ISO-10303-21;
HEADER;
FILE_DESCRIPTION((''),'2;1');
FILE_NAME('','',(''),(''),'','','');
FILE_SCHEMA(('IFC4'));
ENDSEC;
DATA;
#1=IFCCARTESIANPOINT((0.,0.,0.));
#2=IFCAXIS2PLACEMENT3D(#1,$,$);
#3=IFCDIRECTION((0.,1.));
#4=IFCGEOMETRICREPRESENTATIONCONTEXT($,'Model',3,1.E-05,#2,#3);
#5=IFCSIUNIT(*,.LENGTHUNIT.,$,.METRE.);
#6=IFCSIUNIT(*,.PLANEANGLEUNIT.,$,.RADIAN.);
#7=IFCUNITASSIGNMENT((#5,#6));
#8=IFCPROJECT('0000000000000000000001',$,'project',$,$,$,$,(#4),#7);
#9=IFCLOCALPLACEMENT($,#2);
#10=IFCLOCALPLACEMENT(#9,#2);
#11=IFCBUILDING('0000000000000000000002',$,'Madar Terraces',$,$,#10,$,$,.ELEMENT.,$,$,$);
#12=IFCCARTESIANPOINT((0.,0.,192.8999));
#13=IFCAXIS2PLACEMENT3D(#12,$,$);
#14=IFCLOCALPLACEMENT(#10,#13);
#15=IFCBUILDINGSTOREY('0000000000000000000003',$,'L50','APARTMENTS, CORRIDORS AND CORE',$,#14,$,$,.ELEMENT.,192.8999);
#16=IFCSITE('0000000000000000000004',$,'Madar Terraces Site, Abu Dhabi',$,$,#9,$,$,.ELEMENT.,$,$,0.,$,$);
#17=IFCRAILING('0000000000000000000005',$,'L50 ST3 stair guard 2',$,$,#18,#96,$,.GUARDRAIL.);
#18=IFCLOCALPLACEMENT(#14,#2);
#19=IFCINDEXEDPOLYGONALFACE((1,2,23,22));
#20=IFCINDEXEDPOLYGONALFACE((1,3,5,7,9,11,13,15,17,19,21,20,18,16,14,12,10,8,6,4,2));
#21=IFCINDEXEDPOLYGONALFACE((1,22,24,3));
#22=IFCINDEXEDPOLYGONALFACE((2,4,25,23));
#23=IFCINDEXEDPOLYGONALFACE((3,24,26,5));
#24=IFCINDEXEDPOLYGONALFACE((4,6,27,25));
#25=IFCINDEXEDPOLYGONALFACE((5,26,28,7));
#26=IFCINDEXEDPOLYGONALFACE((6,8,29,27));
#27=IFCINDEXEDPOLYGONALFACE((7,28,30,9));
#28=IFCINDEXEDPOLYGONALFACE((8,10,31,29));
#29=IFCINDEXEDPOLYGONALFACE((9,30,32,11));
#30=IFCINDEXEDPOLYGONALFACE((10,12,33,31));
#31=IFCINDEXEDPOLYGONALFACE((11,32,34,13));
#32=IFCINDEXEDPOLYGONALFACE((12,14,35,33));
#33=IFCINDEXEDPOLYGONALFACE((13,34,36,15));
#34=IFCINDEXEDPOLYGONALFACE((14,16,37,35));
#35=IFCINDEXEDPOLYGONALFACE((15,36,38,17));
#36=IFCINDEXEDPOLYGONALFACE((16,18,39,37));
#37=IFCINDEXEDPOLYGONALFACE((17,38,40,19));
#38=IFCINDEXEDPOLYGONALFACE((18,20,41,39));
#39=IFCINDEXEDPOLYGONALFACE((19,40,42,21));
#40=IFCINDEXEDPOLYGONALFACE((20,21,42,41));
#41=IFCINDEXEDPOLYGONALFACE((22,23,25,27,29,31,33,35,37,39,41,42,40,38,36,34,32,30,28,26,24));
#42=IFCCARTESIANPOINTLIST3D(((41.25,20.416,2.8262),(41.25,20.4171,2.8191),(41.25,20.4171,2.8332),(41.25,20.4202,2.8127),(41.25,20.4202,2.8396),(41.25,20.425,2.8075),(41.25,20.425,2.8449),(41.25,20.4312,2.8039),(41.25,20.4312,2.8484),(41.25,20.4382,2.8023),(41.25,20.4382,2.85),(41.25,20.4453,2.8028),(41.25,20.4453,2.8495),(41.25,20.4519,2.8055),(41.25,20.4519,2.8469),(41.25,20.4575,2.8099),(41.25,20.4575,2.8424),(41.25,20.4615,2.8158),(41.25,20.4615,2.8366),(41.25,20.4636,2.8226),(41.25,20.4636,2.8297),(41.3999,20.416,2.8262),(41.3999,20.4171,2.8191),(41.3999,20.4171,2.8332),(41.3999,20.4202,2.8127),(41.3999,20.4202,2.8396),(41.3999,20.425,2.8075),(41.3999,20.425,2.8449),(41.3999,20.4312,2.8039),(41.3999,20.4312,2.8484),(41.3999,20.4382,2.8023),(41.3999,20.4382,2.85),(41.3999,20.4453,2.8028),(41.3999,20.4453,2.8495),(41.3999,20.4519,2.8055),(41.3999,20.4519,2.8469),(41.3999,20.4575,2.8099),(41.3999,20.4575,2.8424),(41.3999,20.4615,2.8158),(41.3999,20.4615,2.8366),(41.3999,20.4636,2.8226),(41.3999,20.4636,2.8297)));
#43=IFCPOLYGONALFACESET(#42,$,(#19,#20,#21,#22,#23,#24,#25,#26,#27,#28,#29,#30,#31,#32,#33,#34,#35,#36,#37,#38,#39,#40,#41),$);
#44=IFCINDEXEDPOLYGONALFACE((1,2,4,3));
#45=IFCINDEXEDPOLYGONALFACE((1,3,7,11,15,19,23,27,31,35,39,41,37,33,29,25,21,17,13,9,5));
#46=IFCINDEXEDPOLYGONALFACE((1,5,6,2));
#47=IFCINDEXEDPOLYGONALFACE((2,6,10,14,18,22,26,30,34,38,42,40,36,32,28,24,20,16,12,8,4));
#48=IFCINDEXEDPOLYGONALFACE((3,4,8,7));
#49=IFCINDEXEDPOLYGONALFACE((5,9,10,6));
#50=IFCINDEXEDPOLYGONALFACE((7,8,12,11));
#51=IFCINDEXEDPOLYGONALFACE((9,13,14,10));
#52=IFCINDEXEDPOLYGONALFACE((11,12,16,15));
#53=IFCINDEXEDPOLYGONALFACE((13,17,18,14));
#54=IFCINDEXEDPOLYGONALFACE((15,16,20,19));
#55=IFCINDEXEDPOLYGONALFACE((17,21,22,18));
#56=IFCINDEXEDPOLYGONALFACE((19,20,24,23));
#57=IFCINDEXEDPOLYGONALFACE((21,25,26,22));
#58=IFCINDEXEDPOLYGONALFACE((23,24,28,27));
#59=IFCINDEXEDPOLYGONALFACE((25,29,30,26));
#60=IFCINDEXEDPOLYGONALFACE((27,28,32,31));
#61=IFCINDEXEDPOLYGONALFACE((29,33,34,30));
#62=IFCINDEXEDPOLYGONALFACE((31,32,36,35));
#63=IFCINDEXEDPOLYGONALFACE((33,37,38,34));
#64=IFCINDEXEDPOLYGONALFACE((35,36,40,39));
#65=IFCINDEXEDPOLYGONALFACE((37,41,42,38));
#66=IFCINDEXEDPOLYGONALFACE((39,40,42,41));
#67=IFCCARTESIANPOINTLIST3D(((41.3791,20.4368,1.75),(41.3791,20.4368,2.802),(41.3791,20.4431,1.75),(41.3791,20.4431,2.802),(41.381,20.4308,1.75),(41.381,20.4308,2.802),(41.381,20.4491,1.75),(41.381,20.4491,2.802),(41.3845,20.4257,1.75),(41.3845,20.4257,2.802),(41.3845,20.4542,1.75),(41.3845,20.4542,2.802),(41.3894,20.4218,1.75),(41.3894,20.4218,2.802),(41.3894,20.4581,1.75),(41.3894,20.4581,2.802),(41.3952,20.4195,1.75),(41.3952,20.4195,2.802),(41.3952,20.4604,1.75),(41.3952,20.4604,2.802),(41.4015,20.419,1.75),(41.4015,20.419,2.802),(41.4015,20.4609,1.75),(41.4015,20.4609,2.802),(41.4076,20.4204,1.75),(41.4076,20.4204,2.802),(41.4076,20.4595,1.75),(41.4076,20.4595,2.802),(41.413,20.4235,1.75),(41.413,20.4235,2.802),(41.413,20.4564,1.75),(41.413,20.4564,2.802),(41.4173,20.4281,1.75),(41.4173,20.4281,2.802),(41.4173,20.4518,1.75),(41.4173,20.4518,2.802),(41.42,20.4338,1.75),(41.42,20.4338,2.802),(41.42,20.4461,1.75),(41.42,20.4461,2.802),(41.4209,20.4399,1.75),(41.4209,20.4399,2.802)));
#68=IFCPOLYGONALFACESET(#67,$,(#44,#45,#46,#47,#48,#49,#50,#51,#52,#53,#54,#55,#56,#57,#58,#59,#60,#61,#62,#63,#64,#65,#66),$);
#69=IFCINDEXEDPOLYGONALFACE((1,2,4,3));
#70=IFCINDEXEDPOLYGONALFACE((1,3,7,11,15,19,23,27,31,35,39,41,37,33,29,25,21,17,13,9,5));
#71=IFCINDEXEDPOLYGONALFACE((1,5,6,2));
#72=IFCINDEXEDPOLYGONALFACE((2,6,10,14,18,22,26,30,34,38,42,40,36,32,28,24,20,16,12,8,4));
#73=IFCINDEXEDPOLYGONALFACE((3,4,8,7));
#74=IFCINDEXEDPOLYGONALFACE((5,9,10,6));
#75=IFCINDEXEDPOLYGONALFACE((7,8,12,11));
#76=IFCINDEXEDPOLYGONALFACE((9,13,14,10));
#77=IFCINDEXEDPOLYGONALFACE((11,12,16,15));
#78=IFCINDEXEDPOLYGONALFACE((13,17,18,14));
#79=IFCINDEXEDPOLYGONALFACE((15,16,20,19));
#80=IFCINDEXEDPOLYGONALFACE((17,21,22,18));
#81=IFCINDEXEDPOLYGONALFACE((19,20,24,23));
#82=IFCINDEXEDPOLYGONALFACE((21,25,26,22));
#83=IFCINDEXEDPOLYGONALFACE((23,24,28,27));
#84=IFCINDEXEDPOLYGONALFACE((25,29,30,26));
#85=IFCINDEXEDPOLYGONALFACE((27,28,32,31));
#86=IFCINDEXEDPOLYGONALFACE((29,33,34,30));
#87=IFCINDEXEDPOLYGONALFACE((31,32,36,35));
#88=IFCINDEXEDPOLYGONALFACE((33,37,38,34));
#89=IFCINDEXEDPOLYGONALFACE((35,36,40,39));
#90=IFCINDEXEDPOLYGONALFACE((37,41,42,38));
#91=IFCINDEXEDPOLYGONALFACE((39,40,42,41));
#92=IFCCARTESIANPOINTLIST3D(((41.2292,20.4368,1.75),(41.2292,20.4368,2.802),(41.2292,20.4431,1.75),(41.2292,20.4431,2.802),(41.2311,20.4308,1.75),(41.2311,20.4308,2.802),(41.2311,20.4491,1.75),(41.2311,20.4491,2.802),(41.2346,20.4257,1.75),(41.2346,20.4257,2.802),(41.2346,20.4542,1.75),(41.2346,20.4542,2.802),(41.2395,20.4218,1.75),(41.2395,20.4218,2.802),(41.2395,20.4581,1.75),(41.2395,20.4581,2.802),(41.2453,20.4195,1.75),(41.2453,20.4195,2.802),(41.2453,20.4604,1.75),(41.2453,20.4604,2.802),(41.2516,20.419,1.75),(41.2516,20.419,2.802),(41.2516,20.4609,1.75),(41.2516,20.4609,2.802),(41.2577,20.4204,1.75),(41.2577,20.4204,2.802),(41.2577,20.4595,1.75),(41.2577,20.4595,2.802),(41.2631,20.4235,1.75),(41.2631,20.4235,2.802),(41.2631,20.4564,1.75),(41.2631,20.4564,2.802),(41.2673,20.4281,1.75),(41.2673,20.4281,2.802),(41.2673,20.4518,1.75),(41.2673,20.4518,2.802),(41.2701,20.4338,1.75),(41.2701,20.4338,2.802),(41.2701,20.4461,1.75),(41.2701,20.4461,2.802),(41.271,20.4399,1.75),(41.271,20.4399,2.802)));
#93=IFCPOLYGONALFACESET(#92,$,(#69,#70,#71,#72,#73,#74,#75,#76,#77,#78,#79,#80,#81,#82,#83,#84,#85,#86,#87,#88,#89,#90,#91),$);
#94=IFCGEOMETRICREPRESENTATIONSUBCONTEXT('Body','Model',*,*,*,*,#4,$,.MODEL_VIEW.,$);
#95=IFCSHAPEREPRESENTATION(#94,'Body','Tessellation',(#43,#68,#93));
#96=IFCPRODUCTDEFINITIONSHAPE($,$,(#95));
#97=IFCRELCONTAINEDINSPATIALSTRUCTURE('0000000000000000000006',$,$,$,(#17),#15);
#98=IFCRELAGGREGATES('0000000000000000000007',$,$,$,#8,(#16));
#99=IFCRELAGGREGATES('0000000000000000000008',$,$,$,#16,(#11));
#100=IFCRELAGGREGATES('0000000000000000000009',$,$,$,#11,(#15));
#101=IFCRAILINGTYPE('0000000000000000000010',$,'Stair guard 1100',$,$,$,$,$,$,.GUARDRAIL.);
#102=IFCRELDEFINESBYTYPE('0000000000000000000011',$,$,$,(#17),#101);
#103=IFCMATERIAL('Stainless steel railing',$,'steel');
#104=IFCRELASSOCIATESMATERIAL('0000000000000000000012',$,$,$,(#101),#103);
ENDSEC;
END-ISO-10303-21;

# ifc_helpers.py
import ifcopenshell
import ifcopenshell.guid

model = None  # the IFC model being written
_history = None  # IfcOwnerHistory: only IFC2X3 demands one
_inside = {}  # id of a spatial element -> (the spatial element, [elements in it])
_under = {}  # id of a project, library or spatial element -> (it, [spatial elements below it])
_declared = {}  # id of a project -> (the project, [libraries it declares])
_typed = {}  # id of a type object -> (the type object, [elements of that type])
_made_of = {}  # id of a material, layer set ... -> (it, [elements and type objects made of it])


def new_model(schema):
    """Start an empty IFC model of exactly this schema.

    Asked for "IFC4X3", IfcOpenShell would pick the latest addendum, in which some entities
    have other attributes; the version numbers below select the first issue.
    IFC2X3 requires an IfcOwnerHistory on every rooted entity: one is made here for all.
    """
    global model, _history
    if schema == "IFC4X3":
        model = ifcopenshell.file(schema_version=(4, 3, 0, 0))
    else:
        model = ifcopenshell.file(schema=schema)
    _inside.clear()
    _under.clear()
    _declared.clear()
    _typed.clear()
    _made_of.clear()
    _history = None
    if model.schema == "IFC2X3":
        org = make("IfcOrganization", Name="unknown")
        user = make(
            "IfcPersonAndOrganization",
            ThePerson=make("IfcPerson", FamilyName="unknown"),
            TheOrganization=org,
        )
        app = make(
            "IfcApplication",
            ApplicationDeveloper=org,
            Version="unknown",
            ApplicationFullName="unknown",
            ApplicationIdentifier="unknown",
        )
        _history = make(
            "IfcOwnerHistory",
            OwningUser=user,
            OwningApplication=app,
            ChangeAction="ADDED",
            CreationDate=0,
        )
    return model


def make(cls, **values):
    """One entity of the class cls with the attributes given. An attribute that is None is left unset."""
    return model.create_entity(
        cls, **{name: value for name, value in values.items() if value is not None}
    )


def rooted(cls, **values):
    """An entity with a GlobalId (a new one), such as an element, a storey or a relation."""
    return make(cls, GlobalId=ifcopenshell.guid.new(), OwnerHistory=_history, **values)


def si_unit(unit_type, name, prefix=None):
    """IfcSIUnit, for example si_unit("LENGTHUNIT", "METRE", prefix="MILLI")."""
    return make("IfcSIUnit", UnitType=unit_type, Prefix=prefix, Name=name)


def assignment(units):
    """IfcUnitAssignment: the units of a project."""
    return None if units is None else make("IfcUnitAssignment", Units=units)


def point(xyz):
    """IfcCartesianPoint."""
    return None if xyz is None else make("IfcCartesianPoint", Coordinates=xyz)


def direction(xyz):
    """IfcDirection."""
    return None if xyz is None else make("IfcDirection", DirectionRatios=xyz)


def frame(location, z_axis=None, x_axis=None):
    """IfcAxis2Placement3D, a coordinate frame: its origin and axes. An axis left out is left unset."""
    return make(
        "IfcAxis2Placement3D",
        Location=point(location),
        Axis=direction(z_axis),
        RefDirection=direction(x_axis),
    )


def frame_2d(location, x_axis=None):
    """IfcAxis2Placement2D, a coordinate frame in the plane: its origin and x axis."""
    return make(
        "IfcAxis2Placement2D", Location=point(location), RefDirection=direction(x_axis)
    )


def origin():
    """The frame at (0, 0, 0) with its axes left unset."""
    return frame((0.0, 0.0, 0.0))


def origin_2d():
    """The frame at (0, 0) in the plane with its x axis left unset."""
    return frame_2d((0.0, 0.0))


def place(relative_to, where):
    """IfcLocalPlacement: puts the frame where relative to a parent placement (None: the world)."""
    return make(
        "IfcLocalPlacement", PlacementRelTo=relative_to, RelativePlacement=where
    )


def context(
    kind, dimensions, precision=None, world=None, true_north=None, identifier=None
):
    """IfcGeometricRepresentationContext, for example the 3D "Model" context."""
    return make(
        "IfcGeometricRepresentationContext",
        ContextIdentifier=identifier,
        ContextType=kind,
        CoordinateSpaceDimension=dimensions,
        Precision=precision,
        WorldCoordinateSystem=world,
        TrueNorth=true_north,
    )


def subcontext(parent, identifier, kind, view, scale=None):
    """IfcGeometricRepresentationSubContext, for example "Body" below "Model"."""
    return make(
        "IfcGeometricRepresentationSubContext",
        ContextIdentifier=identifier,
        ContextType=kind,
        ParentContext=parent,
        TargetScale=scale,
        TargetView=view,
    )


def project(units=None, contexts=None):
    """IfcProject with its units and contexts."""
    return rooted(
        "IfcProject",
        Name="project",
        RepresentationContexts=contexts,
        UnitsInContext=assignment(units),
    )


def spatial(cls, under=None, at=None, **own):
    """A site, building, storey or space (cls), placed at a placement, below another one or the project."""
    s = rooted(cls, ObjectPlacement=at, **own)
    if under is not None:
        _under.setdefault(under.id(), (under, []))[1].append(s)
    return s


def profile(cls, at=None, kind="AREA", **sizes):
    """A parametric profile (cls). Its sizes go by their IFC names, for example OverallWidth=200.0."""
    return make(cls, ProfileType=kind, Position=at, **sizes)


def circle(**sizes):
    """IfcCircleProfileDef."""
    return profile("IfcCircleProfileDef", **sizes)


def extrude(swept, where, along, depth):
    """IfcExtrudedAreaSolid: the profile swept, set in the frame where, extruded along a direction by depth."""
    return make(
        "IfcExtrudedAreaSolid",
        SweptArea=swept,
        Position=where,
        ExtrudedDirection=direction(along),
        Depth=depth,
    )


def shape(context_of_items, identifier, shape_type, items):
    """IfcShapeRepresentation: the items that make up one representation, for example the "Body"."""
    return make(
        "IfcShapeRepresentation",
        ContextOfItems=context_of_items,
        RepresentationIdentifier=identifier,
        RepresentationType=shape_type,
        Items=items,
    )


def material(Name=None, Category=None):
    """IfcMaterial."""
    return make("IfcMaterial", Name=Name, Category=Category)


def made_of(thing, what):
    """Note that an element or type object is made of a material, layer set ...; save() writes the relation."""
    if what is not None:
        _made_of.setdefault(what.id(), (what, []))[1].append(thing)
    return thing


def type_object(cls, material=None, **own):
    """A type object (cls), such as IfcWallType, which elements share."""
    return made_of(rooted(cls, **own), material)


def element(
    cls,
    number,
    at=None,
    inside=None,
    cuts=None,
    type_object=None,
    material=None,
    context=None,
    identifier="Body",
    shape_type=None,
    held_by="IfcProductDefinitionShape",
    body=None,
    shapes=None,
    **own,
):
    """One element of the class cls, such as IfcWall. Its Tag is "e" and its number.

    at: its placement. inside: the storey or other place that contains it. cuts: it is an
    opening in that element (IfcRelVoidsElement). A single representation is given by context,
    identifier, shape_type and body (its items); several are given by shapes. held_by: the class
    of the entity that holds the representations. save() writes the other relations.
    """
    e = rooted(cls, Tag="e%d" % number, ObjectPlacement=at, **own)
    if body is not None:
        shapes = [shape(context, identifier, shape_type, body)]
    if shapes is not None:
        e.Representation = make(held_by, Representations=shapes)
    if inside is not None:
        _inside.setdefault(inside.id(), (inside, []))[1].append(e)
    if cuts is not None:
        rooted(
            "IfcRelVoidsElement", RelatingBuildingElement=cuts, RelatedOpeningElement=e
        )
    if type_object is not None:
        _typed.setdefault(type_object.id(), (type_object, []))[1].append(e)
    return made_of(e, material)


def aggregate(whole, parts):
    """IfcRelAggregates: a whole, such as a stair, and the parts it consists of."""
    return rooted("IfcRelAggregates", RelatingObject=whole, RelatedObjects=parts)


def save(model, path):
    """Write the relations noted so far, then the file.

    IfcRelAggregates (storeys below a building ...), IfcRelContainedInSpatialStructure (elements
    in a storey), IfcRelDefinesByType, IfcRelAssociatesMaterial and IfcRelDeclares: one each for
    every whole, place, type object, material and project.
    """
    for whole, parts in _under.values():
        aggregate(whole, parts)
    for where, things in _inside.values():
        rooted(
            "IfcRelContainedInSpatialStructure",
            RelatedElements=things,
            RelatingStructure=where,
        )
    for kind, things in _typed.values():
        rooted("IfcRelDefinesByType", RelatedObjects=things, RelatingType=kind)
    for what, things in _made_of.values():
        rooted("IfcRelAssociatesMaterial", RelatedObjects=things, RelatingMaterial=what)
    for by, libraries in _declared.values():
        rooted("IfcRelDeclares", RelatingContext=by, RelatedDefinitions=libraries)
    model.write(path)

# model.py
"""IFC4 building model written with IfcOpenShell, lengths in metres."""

from ifc_helpers import new_model, si_unit, direction, frame, origin, origin_2d, place, context, subcontext, project, spatial, circle, extrude, material, type_object, element, save


model = new_model("IFC4")

# Units and contexts
model_context = context("Model", 3, precision=1e-05, world=origin(), true_north=direction((0.0, 1.0)))
body_context = subcontext(model_context, "Body", "Model", "MODEL_VIEW")
ifc_project = project(units=[si_unit("LENGTHUNIT", "METRE"), si_unit("PLANEANGLEUNIT", "RADIAN")], contexts=[model_context])

# Site, building, storey
site_placement = place(None, origin())
site = spatial("IfcSite", under=ifc_project, at=site_placement, Name="Madar Terraces Site, Abu Dhabi", CompositionType="ELEMENT", RefElevation=0.0)
building_placement = place(site_placement, origin())
building = spatial("IfcBuilding", under=site, at=building_placement, Name="Madar Terraces", CompositionType="ELEMENT")
storey_placement = place(building_placement, frame((0.0, 0.0, 192.8999)))
storey = spatial("IfcBuildingStorey", under=building, at=storey_placement, Name="L50", Description="APARTMENTS, CORRIDORS AND CORE", CompositionType="ELEMENT", Elevation=192.8999)

# Railing
ifc_material_1 = material(Name="Stainless steel railing", Category="steel")
railing_type_1 = type_object("IfcRailingType", Name="Stair guard 1100", PredefinedType="GUARDRAIL", material=ifc_material_1)
railing_1_placement = place(storey_placement, frame((41.3999, 20.4399, 1.75)))
element("IfcRailing", 1, at=railing_1_placement, inside=storey, type_object=railing_type_1, Name="L50 ST3 stair guard 2", PredefinedType="GUARDRAIL", context=body_context, shape_type="SweptSolid", body=[
    extrude(circle(Radius=0.0239, at=origin_2d()), frame((0.0, 0.0, 1.0762), z_axis=(-1.0, 0.0, 0.0), x_axis=(0.0, -1.0, 0.0)), (0.0, 0.0, 1.0), 0.1499),
    extrude(circle(Radius=0.021, at=origin_2d()), origin(), (0.0, 0.0, 1.0), 1.052),
    extrude(circle(Radius=0.021, at=origin_2d()), frame((-0.1499, 0.0, 0.0)), (0.0, 0.0, 1.0), 1.052),
])

save(model, "model.ifc")
